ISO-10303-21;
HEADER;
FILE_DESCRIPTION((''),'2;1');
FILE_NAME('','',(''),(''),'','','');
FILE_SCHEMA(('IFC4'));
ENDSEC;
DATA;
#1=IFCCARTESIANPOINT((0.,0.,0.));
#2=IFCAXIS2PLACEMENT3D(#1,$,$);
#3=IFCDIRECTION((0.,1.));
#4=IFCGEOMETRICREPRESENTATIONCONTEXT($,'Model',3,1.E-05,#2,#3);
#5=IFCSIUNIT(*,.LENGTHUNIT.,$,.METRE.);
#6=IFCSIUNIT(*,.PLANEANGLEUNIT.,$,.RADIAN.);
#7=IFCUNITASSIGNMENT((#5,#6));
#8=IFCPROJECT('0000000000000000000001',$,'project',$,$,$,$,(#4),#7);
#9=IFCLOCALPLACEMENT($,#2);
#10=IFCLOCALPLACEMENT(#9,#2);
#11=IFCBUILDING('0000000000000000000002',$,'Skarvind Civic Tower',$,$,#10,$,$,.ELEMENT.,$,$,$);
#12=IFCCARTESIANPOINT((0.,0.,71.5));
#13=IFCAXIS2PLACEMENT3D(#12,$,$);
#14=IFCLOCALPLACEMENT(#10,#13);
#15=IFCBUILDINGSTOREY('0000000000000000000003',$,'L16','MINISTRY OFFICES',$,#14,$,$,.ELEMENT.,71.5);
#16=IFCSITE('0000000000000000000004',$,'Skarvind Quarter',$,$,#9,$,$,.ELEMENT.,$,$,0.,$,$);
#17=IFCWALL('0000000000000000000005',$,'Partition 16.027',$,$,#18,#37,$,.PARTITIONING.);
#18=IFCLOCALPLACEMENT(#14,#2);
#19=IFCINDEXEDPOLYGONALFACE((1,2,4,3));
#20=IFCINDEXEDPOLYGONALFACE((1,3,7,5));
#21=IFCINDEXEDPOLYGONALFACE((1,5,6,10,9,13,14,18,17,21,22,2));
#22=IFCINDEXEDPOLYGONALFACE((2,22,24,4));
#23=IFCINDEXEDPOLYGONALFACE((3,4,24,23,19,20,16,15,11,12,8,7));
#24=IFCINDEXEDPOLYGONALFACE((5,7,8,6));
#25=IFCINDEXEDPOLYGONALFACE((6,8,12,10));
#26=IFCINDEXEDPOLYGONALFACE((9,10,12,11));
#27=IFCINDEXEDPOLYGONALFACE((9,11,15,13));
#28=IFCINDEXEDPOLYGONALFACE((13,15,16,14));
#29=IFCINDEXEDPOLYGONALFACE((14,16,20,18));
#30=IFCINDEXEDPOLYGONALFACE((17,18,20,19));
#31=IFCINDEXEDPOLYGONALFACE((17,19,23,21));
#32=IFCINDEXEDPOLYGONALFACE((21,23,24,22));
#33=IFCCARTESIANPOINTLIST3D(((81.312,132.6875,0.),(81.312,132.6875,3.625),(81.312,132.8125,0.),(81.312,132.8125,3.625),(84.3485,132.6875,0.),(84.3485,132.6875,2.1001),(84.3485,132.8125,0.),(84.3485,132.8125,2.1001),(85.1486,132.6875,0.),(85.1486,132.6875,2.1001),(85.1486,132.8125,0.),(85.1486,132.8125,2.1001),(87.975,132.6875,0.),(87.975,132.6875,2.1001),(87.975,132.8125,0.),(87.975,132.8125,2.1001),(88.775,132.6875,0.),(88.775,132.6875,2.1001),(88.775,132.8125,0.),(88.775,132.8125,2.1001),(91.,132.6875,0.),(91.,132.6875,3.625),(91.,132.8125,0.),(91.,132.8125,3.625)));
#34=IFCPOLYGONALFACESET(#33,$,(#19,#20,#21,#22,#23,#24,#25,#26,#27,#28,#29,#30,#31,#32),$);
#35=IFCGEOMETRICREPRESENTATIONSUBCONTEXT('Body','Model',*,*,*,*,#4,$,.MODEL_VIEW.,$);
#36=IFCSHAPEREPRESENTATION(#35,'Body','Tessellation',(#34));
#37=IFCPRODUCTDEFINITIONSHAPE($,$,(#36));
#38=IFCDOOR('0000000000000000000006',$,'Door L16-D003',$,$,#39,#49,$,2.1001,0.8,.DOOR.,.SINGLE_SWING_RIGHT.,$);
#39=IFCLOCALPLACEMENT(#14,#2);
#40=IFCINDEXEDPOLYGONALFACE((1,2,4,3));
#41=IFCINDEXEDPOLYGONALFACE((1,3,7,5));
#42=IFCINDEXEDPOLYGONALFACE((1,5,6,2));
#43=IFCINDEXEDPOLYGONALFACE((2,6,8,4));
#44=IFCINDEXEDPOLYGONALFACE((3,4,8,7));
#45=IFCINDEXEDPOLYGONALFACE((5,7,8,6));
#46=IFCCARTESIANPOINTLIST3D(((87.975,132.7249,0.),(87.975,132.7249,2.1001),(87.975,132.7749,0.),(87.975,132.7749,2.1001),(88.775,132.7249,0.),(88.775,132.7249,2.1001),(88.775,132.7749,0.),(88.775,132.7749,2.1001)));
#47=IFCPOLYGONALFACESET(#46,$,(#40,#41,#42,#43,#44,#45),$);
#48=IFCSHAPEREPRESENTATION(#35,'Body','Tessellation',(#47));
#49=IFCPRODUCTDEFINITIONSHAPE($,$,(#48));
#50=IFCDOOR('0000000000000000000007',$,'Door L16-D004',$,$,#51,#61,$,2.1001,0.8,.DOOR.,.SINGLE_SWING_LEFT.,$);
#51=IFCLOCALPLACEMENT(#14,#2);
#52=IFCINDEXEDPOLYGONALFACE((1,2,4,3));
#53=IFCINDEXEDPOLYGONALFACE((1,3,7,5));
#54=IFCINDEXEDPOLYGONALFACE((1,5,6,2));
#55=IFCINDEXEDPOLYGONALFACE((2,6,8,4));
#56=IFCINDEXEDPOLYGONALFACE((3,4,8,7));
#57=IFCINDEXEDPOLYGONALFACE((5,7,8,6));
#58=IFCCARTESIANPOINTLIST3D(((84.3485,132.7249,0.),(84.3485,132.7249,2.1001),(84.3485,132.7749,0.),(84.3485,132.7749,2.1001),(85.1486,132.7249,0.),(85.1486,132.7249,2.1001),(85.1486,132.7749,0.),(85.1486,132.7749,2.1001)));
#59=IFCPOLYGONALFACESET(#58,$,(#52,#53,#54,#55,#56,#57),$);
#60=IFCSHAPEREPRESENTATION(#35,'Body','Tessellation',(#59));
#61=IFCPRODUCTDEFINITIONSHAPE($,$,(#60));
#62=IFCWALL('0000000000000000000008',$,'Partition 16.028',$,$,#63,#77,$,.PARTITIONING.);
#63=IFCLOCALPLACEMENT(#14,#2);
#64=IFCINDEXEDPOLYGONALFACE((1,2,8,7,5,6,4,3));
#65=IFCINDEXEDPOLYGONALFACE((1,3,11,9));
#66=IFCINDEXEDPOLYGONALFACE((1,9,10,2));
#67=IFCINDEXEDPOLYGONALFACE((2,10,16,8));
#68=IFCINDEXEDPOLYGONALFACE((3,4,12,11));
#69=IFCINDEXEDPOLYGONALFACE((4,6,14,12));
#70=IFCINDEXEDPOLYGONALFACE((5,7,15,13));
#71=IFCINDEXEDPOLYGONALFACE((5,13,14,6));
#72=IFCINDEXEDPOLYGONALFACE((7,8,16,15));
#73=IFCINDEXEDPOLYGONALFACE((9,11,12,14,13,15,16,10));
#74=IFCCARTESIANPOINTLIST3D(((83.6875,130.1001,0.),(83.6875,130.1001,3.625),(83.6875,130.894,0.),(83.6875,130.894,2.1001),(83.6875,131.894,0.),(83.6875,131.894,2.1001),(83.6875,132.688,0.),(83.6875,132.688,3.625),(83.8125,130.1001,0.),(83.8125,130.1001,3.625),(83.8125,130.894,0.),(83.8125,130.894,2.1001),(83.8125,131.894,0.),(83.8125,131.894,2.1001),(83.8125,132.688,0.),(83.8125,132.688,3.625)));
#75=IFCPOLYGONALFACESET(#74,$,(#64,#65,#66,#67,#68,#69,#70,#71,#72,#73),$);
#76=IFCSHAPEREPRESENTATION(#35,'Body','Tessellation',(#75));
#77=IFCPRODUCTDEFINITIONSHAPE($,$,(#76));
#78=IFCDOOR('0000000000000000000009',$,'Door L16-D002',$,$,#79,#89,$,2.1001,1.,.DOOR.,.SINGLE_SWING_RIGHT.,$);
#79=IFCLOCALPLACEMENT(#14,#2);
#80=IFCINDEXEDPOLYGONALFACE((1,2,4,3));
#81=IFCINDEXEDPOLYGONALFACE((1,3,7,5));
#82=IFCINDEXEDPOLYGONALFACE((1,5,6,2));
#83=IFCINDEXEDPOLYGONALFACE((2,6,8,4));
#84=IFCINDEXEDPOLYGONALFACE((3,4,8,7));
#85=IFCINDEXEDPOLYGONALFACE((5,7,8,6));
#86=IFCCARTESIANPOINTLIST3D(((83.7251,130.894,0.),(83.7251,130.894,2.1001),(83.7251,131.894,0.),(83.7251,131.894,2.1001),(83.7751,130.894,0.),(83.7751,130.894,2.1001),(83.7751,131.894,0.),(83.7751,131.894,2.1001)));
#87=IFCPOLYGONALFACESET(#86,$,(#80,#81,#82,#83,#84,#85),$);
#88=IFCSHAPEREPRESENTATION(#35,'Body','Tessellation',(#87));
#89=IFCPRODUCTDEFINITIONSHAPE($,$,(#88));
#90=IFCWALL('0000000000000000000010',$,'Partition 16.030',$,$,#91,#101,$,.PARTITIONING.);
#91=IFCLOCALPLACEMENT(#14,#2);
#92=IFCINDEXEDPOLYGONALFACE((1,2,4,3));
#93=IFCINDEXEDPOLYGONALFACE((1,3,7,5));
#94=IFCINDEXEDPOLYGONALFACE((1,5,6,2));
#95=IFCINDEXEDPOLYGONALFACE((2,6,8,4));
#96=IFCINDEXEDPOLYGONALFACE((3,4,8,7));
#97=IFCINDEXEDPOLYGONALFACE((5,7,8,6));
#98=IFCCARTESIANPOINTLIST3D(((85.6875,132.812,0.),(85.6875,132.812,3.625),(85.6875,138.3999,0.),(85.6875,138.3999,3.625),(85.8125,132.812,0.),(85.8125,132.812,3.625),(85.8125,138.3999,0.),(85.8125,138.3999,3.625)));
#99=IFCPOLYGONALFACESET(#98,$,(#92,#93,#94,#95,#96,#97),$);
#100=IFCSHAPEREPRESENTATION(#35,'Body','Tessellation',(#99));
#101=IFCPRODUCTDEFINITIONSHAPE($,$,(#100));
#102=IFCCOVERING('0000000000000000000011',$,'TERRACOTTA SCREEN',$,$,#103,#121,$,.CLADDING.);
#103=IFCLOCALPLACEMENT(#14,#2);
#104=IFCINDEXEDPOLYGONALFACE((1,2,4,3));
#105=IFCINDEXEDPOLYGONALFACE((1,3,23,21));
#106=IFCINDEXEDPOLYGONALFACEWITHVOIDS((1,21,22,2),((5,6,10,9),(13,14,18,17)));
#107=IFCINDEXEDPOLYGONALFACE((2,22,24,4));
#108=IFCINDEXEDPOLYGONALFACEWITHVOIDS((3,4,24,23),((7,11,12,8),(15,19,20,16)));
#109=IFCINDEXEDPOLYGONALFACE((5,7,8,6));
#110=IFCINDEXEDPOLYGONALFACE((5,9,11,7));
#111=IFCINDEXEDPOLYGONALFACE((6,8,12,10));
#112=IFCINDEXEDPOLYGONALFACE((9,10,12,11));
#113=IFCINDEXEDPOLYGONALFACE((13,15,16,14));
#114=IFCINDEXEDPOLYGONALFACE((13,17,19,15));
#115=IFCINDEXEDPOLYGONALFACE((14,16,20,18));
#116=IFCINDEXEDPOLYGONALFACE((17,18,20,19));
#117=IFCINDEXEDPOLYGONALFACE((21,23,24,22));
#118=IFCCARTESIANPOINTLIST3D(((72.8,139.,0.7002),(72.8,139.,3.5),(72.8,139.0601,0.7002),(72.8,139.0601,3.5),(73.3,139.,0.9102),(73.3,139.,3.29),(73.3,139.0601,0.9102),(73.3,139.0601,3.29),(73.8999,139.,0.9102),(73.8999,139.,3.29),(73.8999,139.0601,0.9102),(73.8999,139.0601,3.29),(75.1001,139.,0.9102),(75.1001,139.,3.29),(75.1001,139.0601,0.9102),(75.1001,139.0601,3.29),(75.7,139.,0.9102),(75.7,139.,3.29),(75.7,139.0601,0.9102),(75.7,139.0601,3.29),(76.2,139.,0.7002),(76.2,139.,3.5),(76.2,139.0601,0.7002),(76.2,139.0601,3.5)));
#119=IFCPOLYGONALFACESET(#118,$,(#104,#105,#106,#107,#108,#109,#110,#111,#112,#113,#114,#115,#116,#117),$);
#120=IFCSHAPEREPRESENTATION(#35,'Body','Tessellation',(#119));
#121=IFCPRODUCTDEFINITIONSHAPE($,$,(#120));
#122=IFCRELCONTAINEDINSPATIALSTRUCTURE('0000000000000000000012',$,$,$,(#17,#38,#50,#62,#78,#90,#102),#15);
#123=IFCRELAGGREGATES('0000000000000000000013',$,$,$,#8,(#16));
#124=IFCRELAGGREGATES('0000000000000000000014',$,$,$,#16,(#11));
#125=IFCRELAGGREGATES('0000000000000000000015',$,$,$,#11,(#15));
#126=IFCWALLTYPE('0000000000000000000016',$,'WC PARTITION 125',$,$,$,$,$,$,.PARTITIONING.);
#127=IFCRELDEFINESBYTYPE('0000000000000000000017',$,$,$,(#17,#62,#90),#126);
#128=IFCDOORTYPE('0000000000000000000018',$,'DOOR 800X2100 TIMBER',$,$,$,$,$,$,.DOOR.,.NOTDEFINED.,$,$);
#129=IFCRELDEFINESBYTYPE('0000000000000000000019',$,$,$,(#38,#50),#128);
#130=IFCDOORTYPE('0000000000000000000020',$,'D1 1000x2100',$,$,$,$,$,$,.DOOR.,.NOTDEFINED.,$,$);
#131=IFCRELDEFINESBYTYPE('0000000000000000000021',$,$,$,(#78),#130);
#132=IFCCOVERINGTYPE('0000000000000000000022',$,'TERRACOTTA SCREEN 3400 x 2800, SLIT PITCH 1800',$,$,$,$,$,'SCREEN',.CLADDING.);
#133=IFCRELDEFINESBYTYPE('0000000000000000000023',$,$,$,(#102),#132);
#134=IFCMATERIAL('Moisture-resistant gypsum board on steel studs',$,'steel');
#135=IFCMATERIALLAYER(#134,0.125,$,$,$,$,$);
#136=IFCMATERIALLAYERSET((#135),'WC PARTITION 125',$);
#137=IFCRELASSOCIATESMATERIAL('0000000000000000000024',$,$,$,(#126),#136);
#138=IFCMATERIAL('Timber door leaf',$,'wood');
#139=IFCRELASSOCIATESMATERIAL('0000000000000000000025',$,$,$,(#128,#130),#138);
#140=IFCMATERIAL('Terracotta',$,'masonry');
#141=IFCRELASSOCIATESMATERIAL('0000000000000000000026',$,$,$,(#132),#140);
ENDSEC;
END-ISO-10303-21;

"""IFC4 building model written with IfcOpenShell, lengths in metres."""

from ifc_helpers import new_model, si_unit, direction, frame, frame_2d, origin, place, context, subcontext, project, spatial, polyline, rectangle, outline, extrude, material, layer, layer_set, material_profile, profile_set, type_object, element, fill, save


model = new_model("IFC4")

# Units and contexts
model_context = context("Model", 3, precision=1e-05, world=origin(), true_north=direction((0.0, 1.0)))
body_context = subcontext(model_context, "Body", "Model", "MODEL_VIEW")
ifc_project = project(units=[si_unit("LENGTHUNIT", "METRE"), si_unit("PLANEANGLEUNIT", "RADIAN")], contexts=[model_context])

# Site, building, storey
site_placement = place(None, origin())
site = spatial("IfcSite", under=ifc_project, at=site_placement, Name="Skarvind Quarter", CompositionType="ELEMENT", RefElevation=0.0)
building_placement = place(site_placement, origin())
building = spatial("IfcBuilding", under=site, at=building_placement, Name="Skarvind Civic Tower", CompositionType="ELEMENT")
storey_placement = place(building_placement, frame((0.0, 0.0, 71.5)))
storey = spatial("IfcBuildingStorey", under=building, at=storey_placement, Name="L16", Description="MINISTRY OFFICES", CompositionType="ELEMENT", Elevation=71.5)

# Shared definitions
ifc_material_1 = material(Name="Moisture-resistant gypsum board on steel studs", Category="steel")
ifc_layer_1 = layer(ifc_material_1, 0.125)
ifc_layer_set_1 = layer_set([ifc_layer_1], Name="WC PARTITION 125")
wall_type_1 = type_object("IfcWallType", Name="WC PARTITION 125", PredefinedType="PARTITIONING", material=ifc_layer_set_1)

# Wall, openings, doors
wall_1_placement = place(storey_placement, frame((81.312, 132.75, 0.0), z_axis=(0.0, 0.0, 1.0), x_axis=(1.0, 0.0, 0.0)))
wall_1 = element("IfcWall", 1, at=wall_1_placement, inside=storey, type_object=wall_type_1, Name="Partition 16.027", PredefinedType="PARTITIONING", context=body_context, shape_type="SweptSolid", body=[
    extrude(rectangle(XDim=9.688, YDim=0.125, at=frame_2d((4.844, 0.0))), origin(), (0.0, 0.0, 1.0), 3.625),
])
opening_1_placement = place(wall_1_placement, frame((6.6631, 0.0, 0.0)))
opening_1 = element("IfcOpeningElement", 2, at=opening_1_placement, cuts=wall_1, PredefinedType="OPENING", context=body_context, shape_type="SweptSolid", body=[
    extrude(rectangle(XDim=0.8, YDim=2.1001, at=frame_2d((0.3999, 1.05))), frame((0.0, 0.0725, 0.0), z_axis=(0.0, -1.0, 0.0), x_axis=(1.0, 0.0, 0.0)), (0.0, 0.0, 1.0), 0.145),
])
opening_2_placement = place(wall_1_placement, frame((3.0366, 0.0, 0.0)))
opening_2 = element("IfcOpeningElement", 3, at=opening_2_placement, cuts=wall_1, PredefinedType="OPENING", context=body_context, shape_type="SweptSolid", body=[
    extrude(rectangle(XDim=0.8, YDim=2.1001, at=frame_2d((0.3999, 1.05))), frame((0.0, 0.0725, 0.0), z_axis=(0.0, -1.0, 0.0), x_axis=(1.0, 0.0, 0.0)), (0.0, 0.0, 1.0), 0.145),
])
ifc_material_2 = material(Name="Timber door leaf", Category="wood")
door_type_1 = type_object("IfcDoorType", Name="DOOR 800X2100 TIMBER", OperationType="NOTDEFINED", PredefinedType="DOOR", material=ifc_material_2)
door_1_placement = place(opening_1_placement, origin())
door_1 = element("IfcDoor", 4, at=door_1_placement, inside=storey, type_object=door_type_1, Name="Door L16-D003", OperationType="SINGLE_SWING_RIGHT", OverallHeight=2.1001, OverallWidth=0.8, PredefinedType="DOOR", context=body_context, shape_type="SweptSolid", body=[
    extrude(rectangle(XDim=0.8, YDim=2.1001, at=frame_2d((0.3999, 1.05))), frame((0.0, 0.0249, 0.0), z_axis=(0.0, -1.0, 0.0), x_axis=(1.0, 0.0, 0.0)), (0.0, 0.0, 1.0), 0.05),
])
fill(opening_1, door_1)
door_2_placement = place(opening_2_placement, origin())
door_2 = element("IfcDoor", 5, at=door_2_placement, inside=storey, type_object=door_type_1, Name="Door L16-D004", OperationType="SINGLE_SWING_LEFT", OverallHeight=2.1001, OverallWidth=0.8, PredefinedType="DOOR", context=body_context, shape_type="SweptSolid", body=[
    extrude(rectangle(XDim=0.8, YDim=2.1001, at=frame_2d((0.3999, 1.05))), frame((0.0, 0.0249, 0.0), z_axis=(0.0, -1.0, 0.0), x_axis=(1.0, 0.0, 0.0)), (0.0, 0.0, 1.0), 0.05),
])
fill(opening_2, door_2)

# Wall, opening, door
wall_2_placement = place(storey_placement, frame((83.75, 130.1001, 0.0), z_axis=(0.0, 0.0, 1.0), x_axis=(0.0, 1.0, 0.0)))
wall_2 = element("IfcWall", 6, at=wall_2_placement, inside=storey, type_object=wall_type_1, Name="Partition 16.028", PredefinedType="PARTITIONING", context=body_context, shape_type="SweptSolid", body=[
    extrude(rectangle(XDim=2.5879, YDim=0.125, at=frame_2d((1.2939, 0.0))), origin(), (0.0, 0.0, 1.0), 3.625),
])
opening_3_placement = place(wall_2_placement, frame((0.7939, 0.0, 0.0)))
opening_3 = element("IfcOpeningElement", 7, at=opening_3_placement, cuts=wall_2, PredefinedType="OPENING", context=body_context, shape_type="SweptSolid", body=[
    extrude(rectangle(XDim=1.0, YDim=2.1001, at=frame_2d((0.5, 1.05))), frame((0.0, 0.0725, 0.0), z_axis=(0.0, -1.0, 0.0), x_axis=(1.0, 0.0, 0.0)), (0.0, 0.0, 1.0), 0.145),
])
door_type_2 = type_object("IfcDoorType", Name="D1 1000x2100", OperationType="NOTDEFINED", PredefinedType="DOOR", material=ifc_material_2)
door_3_placement = place(opening_3_placement, origin())
door_3 = element("IfcDoor", 8, at=door_3_placement, inside=storey, type_object=door_type_2, Name="Door L16-D002", OperationType="SINGLE_SWING_RIGHT", OverallHeight=2.1001, OverallWidth=1.0, PredefinedType="DOOR", context=body_context, shape_type="SweptSolid", body=[
    extrude(rectangle(XDim=1.0, YDim=2.1001, at=frame_2d((0.5, 1.05))), frame((0.0, 0.0249, 0.0), z_axis=(0.0, -1.0, 0.0), x_axis=(1.0, 0.0, 0.0)), (0.0, 0.0, 1.0), 0.05),
])
fill(opening_3, door_3)

# Wall
wall_3_placement = place(storey_placement, frame((85.75, 138.3999, 0.0), z_axis=(0.0, 0.0, 1.0), x_axis=(0.0, -1.0, 0.0)))
element("IfcWall", 9, at=wall_3_placement, inside=storey, type_object=wall_type_1, Name="Partition 16.030", PredefinedType="PARTITIONING", context=body_context, shape_type="SweptSolid", body=[
    extrude(rectangle(XDim=5.5879, YDim=0.125, at=frame_2d((2.7939, 0.0))), origin(), (0.0, 0.0, 1.0), 3.625),
])

# Covering
ifc_material_3 = material(Name="Terracotta", Category="masonry")
ifc_material_profile_1 = material_profile(ifc_material_3, outline(polyline([(-1.7, -1.3999), (1.7, -1.3999), (1.7, 1.3999), (-1.7, 1.3999), (-1.7, -1.3999)]), holes=[polyline([(-1.2, -1.1899), (-0.6001, -1.1899), (-0.6001, 1.1899), (-1.2, 1.1899), (-1.2, -1.1899)]), polyline([(0.6001, -1.1899), (1.2, -1.1899), (1.2, 1.1899), (0.6001, 1.1899), (0.6001, -1.1899)])]), Name="TERRACOTTA SCREEN 3400 x 2800, SLIT PITCH 1800")
ifc_profile_set_1 = profile_set([ifc_material_profile_1], Name="Terracotta")
covering_type = type_object("IfcCoveringType", Name="TERRACOTTA SCREEN 3400 x 2800, SLIT PITCH 1800", ElementType="SCREEN", PredefinedType="CLADDING", material=ifc_profile_set_1)
covering_placement = place(storey_placement, frame((74.5, 139.0, 2.1001), z_axis=(0.0, 1.0, 0.0), x_axis=(-1.0, 0.0, 0.0)))
element("IfcCovering", 10, at=covering_placement, inside=storey, type_object=covering_type, Name="TERRACOTTA SCREEN", PredefinedType="CLADDING", context=body_context, shape_type="SweptSolid", body=[
    extrude(outline(polyline([(-1.7, -1.3999), (1.7, -1.3999), (1.7, 1.3999), (-1.7, 1.3999), (-1.7, -1.3999)]), holes=[polyline([(-1.2, -1.1899), (-0.6001, -1.1899), (-0.6001, 1.1899), (-1.2, 1.1899), (-1.2, -1.1899)]), polyline([(0.6001, -1.1899), (1.2, -1.1899), (1.2, 1.1899), (0.6001, 1.1899), (0.6001, -1.1899)])]), origin(), (0.0, 0.0, 1.0), 0.0601),
])

save(model, "model.ifc")
